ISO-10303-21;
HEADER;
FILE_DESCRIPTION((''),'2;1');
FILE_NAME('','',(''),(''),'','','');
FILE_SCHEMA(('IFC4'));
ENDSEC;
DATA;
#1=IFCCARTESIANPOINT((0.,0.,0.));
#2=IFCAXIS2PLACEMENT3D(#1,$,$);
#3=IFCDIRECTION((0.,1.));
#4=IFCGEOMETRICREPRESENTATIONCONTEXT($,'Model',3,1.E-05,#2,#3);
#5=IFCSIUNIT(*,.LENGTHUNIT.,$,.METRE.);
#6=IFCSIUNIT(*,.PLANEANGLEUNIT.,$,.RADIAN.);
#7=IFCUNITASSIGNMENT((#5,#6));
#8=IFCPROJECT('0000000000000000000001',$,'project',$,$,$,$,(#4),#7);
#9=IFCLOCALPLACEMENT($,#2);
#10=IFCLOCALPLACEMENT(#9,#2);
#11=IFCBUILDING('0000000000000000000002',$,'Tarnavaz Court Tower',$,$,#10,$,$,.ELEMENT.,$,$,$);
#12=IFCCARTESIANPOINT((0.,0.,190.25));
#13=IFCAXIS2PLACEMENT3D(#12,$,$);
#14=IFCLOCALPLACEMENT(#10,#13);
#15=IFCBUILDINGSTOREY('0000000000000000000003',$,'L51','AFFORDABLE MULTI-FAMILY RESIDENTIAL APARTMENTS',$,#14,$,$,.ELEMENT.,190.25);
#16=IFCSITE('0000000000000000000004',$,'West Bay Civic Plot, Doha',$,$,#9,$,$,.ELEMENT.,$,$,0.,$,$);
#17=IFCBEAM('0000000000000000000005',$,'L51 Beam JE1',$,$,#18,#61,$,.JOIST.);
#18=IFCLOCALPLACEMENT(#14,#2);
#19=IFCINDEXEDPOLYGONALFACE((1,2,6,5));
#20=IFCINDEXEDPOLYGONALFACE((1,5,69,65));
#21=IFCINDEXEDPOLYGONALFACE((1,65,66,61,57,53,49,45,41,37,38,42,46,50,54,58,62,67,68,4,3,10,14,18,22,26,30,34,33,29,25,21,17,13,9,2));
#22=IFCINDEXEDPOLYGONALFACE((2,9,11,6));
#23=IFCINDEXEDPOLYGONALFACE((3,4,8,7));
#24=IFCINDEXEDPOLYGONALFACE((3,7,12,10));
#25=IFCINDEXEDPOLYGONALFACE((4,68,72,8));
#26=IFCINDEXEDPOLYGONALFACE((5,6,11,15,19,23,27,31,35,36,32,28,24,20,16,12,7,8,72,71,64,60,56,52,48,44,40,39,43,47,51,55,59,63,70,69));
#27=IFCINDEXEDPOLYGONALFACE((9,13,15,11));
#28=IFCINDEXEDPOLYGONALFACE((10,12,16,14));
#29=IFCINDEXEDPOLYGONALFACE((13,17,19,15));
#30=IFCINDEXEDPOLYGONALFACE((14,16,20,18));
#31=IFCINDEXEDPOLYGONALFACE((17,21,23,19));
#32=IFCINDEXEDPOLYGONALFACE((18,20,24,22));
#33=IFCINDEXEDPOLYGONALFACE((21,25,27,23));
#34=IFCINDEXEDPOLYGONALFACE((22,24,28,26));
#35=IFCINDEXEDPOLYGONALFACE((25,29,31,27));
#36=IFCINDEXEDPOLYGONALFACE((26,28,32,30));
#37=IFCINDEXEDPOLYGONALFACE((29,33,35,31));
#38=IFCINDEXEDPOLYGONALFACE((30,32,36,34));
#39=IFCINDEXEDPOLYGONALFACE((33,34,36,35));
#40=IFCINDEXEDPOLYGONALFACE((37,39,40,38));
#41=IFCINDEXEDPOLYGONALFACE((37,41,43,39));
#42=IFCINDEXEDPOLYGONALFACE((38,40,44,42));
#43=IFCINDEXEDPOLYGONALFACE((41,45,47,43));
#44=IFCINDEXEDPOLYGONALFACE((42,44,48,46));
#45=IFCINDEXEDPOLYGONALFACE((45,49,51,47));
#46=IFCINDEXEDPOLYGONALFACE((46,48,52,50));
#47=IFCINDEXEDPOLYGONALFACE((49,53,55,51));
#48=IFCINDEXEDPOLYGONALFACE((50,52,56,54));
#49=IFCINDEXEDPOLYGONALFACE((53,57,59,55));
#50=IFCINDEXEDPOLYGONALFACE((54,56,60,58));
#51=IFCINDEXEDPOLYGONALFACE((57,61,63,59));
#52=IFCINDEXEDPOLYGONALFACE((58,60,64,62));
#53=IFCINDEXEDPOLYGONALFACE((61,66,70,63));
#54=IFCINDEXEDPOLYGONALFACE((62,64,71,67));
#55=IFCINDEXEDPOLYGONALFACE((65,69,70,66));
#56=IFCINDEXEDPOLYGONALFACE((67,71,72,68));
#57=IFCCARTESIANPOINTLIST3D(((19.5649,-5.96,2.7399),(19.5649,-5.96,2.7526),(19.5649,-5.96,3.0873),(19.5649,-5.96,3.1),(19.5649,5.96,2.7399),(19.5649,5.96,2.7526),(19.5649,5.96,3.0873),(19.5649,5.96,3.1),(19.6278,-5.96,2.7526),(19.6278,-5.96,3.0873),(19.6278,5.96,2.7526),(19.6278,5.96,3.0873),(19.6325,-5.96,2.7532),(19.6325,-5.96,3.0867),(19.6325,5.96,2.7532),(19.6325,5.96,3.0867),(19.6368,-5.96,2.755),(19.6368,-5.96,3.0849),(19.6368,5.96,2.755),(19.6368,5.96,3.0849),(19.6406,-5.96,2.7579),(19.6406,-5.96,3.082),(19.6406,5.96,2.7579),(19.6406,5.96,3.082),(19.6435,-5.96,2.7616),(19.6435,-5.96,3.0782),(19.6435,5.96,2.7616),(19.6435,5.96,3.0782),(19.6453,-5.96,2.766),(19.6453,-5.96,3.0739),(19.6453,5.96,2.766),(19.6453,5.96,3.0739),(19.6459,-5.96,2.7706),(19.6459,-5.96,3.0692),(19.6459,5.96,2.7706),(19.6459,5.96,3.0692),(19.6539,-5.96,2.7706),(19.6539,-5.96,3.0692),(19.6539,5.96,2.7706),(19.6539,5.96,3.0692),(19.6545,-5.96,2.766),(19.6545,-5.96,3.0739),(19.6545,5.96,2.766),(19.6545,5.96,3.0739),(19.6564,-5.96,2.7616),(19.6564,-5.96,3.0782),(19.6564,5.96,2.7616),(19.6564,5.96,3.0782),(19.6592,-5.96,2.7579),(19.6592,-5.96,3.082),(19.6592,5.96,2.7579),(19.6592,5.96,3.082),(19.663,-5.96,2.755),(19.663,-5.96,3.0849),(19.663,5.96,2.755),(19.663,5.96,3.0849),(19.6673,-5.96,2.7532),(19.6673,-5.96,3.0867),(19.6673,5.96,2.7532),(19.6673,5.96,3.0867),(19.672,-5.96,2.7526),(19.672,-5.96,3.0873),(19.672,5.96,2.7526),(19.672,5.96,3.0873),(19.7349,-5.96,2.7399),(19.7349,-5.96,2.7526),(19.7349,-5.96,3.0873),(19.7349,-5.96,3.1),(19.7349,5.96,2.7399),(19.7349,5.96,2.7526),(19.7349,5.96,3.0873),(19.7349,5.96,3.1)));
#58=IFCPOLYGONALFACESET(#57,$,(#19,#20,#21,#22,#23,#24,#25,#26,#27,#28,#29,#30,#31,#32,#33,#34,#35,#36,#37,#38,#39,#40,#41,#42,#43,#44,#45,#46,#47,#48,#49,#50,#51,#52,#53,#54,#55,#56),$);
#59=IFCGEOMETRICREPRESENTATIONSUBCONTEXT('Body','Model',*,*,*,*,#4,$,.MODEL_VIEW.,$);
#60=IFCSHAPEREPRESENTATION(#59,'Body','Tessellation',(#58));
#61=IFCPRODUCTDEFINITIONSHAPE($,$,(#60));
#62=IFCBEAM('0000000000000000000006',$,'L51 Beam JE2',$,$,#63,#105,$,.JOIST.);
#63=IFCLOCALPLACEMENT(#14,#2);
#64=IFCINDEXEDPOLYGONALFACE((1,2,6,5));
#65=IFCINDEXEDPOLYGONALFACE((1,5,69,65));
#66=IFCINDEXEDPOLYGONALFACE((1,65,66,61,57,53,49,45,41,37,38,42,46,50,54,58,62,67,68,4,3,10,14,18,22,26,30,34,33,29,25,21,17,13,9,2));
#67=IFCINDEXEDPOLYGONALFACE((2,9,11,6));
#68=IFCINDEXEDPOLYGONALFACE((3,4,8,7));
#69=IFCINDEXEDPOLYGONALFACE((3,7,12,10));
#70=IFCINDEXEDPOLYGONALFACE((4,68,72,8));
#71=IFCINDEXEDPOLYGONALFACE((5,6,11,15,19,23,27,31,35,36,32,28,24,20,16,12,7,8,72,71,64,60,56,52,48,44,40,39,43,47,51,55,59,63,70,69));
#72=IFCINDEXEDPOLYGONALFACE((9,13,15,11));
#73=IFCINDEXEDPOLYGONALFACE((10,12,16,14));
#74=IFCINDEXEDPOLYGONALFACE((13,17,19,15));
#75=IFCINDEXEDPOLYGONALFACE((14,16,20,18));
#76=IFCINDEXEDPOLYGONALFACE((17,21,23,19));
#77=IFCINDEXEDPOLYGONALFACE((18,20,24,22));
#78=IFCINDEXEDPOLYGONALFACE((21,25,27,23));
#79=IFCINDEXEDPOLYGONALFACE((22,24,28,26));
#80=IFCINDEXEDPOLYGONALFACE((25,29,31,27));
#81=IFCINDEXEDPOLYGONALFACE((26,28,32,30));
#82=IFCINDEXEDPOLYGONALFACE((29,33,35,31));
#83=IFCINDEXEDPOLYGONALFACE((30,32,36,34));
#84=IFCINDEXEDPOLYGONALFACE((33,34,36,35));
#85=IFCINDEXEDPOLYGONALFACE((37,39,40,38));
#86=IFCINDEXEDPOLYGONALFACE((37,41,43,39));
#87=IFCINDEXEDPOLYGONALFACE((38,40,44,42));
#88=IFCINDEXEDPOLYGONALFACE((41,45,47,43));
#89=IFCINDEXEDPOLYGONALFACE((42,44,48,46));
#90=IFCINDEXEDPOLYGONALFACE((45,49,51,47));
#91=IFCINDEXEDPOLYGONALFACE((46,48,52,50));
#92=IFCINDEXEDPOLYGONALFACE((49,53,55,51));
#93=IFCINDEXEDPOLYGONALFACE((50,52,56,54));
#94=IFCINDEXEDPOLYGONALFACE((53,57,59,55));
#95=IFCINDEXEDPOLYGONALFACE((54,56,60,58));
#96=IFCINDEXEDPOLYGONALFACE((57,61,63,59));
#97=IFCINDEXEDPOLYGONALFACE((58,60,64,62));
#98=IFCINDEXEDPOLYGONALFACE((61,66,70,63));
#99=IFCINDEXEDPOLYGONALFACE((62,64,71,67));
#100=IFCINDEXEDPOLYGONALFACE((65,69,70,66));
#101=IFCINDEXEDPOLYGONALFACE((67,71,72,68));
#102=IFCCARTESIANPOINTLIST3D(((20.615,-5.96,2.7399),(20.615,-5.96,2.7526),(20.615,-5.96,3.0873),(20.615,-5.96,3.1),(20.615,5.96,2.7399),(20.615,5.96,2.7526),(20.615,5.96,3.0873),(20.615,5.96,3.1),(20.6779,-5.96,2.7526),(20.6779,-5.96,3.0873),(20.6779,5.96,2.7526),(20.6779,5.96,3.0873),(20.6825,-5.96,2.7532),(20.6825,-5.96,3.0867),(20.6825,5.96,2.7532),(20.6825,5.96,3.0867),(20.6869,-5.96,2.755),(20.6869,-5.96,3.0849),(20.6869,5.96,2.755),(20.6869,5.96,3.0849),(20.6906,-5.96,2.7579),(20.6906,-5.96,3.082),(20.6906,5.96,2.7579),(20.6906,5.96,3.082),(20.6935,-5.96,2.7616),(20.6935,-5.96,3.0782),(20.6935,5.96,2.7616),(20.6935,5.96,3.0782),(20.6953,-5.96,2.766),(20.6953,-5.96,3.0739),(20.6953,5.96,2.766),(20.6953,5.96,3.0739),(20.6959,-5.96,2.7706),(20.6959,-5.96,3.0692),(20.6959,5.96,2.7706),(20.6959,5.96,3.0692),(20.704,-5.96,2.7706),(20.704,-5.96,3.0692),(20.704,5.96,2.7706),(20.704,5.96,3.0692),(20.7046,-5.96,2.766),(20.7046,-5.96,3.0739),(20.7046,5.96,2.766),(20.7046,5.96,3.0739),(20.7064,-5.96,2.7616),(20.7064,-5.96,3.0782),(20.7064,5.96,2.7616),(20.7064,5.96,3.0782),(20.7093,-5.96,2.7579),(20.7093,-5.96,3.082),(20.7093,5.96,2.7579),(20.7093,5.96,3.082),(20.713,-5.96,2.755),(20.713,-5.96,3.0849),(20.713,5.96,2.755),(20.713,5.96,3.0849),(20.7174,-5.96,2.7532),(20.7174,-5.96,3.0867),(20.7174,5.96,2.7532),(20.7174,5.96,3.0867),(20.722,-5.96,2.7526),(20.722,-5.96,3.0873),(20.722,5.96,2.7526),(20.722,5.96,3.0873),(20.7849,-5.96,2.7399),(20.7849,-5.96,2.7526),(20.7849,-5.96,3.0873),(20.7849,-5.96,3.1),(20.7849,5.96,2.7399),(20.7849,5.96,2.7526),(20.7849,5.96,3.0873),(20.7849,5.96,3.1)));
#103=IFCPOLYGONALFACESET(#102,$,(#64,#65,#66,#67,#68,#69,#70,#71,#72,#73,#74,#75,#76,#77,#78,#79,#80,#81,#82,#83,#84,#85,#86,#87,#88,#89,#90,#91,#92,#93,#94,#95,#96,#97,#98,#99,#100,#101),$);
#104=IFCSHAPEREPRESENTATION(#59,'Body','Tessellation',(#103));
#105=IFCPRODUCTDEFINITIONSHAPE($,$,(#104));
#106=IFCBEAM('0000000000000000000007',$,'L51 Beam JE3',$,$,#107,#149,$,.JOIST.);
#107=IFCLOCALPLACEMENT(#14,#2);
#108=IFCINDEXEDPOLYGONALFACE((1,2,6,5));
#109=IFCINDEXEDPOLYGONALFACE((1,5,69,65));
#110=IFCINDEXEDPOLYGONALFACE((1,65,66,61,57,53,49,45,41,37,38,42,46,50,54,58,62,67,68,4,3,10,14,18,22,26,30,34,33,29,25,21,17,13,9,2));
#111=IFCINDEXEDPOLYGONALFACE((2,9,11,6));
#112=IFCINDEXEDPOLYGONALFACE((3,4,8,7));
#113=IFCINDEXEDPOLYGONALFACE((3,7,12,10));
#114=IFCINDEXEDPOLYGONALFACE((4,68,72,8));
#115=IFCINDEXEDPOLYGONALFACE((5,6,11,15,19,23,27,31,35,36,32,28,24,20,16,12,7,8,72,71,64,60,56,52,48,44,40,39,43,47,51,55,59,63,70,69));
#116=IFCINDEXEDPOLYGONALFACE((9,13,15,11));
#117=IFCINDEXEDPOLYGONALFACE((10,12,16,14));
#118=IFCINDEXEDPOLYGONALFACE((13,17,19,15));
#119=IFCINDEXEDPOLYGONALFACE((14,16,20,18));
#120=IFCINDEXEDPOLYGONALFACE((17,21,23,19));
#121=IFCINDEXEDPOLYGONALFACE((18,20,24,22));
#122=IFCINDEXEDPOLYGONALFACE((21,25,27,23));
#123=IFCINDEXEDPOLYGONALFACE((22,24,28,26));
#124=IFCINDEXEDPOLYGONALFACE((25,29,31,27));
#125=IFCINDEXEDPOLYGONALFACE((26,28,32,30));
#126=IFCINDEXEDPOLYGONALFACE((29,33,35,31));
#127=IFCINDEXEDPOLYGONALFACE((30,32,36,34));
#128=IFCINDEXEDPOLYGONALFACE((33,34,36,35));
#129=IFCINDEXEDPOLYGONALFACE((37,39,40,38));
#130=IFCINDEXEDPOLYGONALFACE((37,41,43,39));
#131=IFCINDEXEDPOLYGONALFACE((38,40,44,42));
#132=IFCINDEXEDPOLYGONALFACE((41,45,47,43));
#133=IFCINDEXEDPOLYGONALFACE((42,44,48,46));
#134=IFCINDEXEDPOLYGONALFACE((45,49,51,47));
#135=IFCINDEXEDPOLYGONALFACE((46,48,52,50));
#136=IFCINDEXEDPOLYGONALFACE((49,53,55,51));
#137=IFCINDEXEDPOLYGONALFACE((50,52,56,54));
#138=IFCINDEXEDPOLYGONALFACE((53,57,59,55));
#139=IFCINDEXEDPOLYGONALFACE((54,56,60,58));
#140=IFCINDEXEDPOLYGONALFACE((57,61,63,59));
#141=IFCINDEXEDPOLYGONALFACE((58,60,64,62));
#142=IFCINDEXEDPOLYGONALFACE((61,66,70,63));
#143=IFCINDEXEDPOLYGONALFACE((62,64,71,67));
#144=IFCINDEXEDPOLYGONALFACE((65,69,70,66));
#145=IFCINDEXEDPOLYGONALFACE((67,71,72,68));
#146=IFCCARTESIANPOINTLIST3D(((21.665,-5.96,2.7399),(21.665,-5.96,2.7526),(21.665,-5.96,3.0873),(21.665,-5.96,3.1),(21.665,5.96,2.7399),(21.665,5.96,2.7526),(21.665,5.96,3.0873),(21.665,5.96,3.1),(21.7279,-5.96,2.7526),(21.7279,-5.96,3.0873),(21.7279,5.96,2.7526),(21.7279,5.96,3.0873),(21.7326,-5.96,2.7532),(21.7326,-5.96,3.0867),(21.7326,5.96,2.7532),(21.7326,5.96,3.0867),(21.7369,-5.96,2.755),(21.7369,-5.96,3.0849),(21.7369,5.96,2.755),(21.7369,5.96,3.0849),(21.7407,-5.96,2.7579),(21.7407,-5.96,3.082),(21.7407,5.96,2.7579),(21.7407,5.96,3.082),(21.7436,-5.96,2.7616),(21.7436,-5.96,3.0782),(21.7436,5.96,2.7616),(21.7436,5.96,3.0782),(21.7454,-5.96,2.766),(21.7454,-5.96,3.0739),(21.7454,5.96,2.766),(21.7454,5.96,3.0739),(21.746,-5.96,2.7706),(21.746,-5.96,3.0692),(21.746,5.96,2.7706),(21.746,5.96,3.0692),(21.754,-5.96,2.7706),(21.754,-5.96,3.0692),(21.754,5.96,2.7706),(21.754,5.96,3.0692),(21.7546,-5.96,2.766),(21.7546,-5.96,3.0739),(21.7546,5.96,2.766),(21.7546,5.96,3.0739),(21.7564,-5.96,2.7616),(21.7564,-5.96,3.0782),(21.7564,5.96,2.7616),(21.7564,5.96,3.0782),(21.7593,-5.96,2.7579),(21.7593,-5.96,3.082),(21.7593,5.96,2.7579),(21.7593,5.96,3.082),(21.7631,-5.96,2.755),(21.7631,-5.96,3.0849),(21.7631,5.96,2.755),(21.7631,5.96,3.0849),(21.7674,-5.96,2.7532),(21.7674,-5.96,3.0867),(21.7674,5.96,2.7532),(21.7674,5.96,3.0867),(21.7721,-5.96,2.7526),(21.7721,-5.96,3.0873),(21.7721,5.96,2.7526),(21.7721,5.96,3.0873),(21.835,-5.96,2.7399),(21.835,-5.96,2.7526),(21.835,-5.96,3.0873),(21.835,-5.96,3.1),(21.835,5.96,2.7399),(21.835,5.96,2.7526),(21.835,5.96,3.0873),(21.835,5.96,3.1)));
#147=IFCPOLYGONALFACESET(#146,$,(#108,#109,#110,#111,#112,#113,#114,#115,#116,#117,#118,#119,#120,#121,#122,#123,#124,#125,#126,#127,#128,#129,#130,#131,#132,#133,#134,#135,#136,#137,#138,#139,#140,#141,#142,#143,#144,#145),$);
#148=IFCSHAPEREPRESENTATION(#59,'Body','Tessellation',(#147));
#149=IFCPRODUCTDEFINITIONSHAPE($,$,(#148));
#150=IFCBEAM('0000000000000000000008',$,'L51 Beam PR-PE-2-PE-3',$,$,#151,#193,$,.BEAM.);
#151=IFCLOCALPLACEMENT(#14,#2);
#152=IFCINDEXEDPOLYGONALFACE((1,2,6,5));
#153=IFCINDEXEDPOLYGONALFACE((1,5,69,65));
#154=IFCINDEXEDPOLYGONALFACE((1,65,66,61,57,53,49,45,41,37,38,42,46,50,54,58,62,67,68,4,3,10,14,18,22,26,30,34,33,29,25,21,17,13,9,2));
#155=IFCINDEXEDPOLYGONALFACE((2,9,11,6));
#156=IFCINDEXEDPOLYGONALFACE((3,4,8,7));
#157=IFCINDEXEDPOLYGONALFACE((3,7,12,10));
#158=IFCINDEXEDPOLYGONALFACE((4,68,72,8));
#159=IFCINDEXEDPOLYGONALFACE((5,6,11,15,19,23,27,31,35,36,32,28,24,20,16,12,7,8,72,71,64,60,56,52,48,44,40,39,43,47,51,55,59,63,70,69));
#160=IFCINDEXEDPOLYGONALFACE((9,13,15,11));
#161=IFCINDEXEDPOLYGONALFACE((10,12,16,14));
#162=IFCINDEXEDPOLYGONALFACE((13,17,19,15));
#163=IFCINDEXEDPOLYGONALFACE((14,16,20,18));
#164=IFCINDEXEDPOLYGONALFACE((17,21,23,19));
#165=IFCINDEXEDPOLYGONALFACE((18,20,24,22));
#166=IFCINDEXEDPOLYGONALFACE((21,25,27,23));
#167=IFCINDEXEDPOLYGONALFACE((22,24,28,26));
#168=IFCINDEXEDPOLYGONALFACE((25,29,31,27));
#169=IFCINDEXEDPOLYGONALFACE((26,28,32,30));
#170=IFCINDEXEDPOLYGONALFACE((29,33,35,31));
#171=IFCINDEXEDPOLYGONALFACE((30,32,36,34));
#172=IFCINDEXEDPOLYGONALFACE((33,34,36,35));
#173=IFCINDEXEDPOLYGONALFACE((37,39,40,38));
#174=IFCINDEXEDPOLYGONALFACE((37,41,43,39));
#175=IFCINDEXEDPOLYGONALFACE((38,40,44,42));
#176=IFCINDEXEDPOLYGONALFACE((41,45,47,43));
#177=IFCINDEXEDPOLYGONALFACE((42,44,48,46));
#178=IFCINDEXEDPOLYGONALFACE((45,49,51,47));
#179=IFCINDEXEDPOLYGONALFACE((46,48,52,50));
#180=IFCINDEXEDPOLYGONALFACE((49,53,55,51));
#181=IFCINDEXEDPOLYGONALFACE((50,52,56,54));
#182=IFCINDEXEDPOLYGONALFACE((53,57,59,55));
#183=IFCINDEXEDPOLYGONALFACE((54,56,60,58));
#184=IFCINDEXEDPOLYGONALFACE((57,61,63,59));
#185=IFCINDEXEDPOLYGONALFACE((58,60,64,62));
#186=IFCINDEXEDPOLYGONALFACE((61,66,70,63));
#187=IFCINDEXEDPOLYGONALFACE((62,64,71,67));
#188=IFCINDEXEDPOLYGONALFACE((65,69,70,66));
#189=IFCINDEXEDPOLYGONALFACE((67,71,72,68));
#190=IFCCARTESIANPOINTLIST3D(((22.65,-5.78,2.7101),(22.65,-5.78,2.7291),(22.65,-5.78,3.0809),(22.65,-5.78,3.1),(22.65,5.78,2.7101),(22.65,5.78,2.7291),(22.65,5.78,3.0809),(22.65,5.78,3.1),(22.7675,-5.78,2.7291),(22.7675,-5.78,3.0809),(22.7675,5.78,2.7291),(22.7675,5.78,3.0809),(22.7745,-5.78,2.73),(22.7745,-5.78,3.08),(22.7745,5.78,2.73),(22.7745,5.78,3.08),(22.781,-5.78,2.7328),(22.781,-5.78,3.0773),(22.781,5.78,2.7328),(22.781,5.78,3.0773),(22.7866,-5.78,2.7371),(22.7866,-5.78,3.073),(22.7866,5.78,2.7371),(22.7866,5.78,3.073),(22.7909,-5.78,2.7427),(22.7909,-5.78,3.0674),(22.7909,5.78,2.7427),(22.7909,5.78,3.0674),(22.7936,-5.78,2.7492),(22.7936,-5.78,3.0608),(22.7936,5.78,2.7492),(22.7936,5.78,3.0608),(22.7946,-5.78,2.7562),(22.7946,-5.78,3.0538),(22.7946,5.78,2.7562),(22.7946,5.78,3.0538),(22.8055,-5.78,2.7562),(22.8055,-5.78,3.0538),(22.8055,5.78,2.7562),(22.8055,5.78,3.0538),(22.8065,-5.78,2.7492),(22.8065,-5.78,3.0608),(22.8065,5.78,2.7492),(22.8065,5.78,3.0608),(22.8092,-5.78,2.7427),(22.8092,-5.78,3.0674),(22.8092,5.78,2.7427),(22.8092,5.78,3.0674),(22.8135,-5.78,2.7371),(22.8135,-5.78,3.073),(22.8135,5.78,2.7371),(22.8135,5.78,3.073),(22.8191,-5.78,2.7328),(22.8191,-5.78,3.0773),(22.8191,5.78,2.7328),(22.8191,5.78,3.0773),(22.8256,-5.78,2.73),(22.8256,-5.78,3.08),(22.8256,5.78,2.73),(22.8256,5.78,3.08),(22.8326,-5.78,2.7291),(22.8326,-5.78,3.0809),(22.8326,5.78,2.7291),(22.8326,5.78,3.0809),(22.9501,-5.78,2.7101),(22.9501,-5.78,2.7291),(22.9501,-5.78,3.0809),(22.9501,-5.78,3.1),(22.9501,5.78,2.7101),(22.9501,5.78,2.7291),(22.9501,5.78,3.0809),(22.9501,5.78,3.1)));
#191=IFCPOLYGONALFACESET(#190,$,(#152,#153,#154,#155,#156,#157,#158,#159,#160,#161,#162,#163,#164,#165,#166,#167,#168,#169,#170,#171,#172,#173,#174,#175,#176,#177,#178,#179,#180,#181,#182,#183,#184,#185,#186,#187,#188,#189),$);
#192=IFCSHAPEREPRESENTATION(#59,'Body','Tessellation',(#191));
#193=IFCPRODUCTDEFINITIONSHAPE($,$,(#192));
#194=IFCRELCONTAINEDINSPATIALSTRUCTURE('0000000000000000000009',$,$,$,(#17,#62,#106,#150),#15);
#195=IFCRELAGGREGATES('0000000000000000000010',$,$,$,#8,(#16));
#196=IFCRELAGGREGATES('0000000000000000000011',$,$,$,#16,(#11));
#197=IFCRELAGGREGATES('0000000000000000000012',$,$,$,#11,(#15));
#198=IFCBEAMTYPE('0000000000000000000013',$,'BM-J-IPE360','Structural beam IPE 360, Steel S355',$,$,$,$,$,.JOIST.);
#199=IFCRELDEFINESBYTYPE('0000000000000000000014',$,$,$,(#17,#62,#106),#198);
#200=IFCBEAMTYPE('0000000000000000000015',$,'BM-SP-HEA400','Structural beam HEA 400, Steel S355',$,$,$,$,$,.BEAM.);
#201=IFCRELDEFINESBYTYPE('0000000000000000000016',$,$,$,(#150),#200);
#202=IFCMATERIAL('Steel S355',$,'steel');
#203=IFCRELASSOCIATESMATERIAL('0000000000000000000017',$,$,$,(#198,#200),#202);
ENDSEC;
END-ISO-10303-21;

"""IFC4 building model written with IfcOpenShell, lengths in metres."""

from ifc_helpers import new_model, si_unit, direction, frame, origin, origin_2d, place, context, subcontext, project, spatial, i_section, extrude, material, material_profile, profile_set, type_object, element, save


model = new_model("IFC4")

# Units and contexts
model_context = context("Model", 3, precision=1e-05, world=origin(), true_north=direction((0.0, 1.0)))
body_context = subcontext(model_context, "Body", "Model", "MODEL_VIEW")
ifc_project = project(units=[si_unit("LENGTHUNIT", "METRE"), si_unit("PLANEANGLEUNIT", "RADIAN")], contexts=[model_context])

# Site, building, storey
site_placement = place(None, origin())
site = spatial("IfcSite", under=ifc_project, at=site_placement, Name="West Bay Civic Plot, Doha", CompositionType="ELEMENT", RefElevation=0.0)
building_placement = place(site_placement, origin())
building = spatial("IfcBuilding", under=site, at=building_placement, Name="Tarnavaz Court Tower", CompositionType="ELEMENT")
storey_placement = place(building_placement, frame((0.0, 0.0, 190.25)))
storey = spatial("IfcBuildingStorey", under=building, at=storey_placement, Name="L51", Description="AFFORDABLE MULTI-FAMILY RESIDENTIAL APARTMENTS", CompositionType="ELEMENT", Elevation=190.25)

# Beams
ifc_material_1 = material(Name="Steel S355", Category="steel")
ifc_material_profile_1 = material_profile(ifc_material_1, i_section(OverallWidth=0.1699, OverallDepth=0.3601, WebThickness=0.0081, FlangeThickness=0.0127, FilletRadius=0.0181, at=origin_2d()), Name="IPE 360")
ifc_profile_set_1 = profile_set([ifc_material_profile_1], Name="Steel S355")
beam_type_1 = type_object("IfcBeamType", Name="BM-J-IPE360", Description="Structural beam IPE 360, Steel S355", PredefinedType="JOIST", material=ifc_profile_set_1)
for number, where, z_axis, x_axis, name in (
    (1, (19.6499, -5.96, 2.9199), (0.0, 1.0, 0.0), (-1.0, 0.0, 0.0), "L51 Beam JE1"),
    (2, (20.7, -5.96, 2.9199), (0.0, 1.0, 0.0), (-1.0, 0.0, 0.0), "L51 Beam JE2"),
    (3, (21.75, -5.96, 2.9199), (0.0, 1.0, 0.0), (-1.0, 0.0, 0.0), "L51 Beam JE3"),
):
    element("IfcBeam", number, at=place(storey_placement, frame(where, z_axis=z_axis, x_axis=x_axis)), inside=storey, type_object=beam_type_1, Name=name, PredefinedType="JOIST", context=body_context, shape_type="SweptSolid", body=[
        extrude(i_section(OverallWidth=0.1699, OverallDepth=0.3601, WebThickness=0.0081, FlangeThickness=0.0127, FilletRadius=0.0181, at=origin_2d()), origin(), (0.0, 0.0, 1.0), 11.9199),
    ])
ifc_material_profile_2 = material_profile(ifc_material_1, i_section(OverallWidth=0.3, OverallDepth=0.3899, WebThickness=0.011, FlangeThickness=0.019, FilletRadius=0.0271, at=origin_2d()), Name="HEA 400")
ifc_profile_set_2 = profile_set([ifc_material_profile_2], Name="Steel S355")
beam_type_2 = type_object("IfcBeamType", Name="BM-SP-HEA400", Description="Structural beam HEA 400, Steel S355", PredefinedType="BEAM", material=ifc_profile_set_2)
beam_1_placement = place(storey_placement, frame((22.8, -5.78, 2.905), z_axis=(0.0, 1.0, 0.0), x_axis=(-1.0, 0.0, 0.0)))
element("IfcBeam", 4, at=beam_1_placement, inside=storey, type_object=beam_type_2, Name="L51 Beam PR-PE-2-PE-3", PredefinedType="BEAM", context=body_context, shape_type="SweptSolid", body=[
    extrude(i_section(OverallWidth=0.3, OverallDepth=0.3899, WebThickness=0.011, FlangeThickness=0.019, FilletRadius=0.0271, at=origin_2d()), origin(), (0.0, 0.0, 1.0), 11.5601),
])

save(model, "model.ifc")
